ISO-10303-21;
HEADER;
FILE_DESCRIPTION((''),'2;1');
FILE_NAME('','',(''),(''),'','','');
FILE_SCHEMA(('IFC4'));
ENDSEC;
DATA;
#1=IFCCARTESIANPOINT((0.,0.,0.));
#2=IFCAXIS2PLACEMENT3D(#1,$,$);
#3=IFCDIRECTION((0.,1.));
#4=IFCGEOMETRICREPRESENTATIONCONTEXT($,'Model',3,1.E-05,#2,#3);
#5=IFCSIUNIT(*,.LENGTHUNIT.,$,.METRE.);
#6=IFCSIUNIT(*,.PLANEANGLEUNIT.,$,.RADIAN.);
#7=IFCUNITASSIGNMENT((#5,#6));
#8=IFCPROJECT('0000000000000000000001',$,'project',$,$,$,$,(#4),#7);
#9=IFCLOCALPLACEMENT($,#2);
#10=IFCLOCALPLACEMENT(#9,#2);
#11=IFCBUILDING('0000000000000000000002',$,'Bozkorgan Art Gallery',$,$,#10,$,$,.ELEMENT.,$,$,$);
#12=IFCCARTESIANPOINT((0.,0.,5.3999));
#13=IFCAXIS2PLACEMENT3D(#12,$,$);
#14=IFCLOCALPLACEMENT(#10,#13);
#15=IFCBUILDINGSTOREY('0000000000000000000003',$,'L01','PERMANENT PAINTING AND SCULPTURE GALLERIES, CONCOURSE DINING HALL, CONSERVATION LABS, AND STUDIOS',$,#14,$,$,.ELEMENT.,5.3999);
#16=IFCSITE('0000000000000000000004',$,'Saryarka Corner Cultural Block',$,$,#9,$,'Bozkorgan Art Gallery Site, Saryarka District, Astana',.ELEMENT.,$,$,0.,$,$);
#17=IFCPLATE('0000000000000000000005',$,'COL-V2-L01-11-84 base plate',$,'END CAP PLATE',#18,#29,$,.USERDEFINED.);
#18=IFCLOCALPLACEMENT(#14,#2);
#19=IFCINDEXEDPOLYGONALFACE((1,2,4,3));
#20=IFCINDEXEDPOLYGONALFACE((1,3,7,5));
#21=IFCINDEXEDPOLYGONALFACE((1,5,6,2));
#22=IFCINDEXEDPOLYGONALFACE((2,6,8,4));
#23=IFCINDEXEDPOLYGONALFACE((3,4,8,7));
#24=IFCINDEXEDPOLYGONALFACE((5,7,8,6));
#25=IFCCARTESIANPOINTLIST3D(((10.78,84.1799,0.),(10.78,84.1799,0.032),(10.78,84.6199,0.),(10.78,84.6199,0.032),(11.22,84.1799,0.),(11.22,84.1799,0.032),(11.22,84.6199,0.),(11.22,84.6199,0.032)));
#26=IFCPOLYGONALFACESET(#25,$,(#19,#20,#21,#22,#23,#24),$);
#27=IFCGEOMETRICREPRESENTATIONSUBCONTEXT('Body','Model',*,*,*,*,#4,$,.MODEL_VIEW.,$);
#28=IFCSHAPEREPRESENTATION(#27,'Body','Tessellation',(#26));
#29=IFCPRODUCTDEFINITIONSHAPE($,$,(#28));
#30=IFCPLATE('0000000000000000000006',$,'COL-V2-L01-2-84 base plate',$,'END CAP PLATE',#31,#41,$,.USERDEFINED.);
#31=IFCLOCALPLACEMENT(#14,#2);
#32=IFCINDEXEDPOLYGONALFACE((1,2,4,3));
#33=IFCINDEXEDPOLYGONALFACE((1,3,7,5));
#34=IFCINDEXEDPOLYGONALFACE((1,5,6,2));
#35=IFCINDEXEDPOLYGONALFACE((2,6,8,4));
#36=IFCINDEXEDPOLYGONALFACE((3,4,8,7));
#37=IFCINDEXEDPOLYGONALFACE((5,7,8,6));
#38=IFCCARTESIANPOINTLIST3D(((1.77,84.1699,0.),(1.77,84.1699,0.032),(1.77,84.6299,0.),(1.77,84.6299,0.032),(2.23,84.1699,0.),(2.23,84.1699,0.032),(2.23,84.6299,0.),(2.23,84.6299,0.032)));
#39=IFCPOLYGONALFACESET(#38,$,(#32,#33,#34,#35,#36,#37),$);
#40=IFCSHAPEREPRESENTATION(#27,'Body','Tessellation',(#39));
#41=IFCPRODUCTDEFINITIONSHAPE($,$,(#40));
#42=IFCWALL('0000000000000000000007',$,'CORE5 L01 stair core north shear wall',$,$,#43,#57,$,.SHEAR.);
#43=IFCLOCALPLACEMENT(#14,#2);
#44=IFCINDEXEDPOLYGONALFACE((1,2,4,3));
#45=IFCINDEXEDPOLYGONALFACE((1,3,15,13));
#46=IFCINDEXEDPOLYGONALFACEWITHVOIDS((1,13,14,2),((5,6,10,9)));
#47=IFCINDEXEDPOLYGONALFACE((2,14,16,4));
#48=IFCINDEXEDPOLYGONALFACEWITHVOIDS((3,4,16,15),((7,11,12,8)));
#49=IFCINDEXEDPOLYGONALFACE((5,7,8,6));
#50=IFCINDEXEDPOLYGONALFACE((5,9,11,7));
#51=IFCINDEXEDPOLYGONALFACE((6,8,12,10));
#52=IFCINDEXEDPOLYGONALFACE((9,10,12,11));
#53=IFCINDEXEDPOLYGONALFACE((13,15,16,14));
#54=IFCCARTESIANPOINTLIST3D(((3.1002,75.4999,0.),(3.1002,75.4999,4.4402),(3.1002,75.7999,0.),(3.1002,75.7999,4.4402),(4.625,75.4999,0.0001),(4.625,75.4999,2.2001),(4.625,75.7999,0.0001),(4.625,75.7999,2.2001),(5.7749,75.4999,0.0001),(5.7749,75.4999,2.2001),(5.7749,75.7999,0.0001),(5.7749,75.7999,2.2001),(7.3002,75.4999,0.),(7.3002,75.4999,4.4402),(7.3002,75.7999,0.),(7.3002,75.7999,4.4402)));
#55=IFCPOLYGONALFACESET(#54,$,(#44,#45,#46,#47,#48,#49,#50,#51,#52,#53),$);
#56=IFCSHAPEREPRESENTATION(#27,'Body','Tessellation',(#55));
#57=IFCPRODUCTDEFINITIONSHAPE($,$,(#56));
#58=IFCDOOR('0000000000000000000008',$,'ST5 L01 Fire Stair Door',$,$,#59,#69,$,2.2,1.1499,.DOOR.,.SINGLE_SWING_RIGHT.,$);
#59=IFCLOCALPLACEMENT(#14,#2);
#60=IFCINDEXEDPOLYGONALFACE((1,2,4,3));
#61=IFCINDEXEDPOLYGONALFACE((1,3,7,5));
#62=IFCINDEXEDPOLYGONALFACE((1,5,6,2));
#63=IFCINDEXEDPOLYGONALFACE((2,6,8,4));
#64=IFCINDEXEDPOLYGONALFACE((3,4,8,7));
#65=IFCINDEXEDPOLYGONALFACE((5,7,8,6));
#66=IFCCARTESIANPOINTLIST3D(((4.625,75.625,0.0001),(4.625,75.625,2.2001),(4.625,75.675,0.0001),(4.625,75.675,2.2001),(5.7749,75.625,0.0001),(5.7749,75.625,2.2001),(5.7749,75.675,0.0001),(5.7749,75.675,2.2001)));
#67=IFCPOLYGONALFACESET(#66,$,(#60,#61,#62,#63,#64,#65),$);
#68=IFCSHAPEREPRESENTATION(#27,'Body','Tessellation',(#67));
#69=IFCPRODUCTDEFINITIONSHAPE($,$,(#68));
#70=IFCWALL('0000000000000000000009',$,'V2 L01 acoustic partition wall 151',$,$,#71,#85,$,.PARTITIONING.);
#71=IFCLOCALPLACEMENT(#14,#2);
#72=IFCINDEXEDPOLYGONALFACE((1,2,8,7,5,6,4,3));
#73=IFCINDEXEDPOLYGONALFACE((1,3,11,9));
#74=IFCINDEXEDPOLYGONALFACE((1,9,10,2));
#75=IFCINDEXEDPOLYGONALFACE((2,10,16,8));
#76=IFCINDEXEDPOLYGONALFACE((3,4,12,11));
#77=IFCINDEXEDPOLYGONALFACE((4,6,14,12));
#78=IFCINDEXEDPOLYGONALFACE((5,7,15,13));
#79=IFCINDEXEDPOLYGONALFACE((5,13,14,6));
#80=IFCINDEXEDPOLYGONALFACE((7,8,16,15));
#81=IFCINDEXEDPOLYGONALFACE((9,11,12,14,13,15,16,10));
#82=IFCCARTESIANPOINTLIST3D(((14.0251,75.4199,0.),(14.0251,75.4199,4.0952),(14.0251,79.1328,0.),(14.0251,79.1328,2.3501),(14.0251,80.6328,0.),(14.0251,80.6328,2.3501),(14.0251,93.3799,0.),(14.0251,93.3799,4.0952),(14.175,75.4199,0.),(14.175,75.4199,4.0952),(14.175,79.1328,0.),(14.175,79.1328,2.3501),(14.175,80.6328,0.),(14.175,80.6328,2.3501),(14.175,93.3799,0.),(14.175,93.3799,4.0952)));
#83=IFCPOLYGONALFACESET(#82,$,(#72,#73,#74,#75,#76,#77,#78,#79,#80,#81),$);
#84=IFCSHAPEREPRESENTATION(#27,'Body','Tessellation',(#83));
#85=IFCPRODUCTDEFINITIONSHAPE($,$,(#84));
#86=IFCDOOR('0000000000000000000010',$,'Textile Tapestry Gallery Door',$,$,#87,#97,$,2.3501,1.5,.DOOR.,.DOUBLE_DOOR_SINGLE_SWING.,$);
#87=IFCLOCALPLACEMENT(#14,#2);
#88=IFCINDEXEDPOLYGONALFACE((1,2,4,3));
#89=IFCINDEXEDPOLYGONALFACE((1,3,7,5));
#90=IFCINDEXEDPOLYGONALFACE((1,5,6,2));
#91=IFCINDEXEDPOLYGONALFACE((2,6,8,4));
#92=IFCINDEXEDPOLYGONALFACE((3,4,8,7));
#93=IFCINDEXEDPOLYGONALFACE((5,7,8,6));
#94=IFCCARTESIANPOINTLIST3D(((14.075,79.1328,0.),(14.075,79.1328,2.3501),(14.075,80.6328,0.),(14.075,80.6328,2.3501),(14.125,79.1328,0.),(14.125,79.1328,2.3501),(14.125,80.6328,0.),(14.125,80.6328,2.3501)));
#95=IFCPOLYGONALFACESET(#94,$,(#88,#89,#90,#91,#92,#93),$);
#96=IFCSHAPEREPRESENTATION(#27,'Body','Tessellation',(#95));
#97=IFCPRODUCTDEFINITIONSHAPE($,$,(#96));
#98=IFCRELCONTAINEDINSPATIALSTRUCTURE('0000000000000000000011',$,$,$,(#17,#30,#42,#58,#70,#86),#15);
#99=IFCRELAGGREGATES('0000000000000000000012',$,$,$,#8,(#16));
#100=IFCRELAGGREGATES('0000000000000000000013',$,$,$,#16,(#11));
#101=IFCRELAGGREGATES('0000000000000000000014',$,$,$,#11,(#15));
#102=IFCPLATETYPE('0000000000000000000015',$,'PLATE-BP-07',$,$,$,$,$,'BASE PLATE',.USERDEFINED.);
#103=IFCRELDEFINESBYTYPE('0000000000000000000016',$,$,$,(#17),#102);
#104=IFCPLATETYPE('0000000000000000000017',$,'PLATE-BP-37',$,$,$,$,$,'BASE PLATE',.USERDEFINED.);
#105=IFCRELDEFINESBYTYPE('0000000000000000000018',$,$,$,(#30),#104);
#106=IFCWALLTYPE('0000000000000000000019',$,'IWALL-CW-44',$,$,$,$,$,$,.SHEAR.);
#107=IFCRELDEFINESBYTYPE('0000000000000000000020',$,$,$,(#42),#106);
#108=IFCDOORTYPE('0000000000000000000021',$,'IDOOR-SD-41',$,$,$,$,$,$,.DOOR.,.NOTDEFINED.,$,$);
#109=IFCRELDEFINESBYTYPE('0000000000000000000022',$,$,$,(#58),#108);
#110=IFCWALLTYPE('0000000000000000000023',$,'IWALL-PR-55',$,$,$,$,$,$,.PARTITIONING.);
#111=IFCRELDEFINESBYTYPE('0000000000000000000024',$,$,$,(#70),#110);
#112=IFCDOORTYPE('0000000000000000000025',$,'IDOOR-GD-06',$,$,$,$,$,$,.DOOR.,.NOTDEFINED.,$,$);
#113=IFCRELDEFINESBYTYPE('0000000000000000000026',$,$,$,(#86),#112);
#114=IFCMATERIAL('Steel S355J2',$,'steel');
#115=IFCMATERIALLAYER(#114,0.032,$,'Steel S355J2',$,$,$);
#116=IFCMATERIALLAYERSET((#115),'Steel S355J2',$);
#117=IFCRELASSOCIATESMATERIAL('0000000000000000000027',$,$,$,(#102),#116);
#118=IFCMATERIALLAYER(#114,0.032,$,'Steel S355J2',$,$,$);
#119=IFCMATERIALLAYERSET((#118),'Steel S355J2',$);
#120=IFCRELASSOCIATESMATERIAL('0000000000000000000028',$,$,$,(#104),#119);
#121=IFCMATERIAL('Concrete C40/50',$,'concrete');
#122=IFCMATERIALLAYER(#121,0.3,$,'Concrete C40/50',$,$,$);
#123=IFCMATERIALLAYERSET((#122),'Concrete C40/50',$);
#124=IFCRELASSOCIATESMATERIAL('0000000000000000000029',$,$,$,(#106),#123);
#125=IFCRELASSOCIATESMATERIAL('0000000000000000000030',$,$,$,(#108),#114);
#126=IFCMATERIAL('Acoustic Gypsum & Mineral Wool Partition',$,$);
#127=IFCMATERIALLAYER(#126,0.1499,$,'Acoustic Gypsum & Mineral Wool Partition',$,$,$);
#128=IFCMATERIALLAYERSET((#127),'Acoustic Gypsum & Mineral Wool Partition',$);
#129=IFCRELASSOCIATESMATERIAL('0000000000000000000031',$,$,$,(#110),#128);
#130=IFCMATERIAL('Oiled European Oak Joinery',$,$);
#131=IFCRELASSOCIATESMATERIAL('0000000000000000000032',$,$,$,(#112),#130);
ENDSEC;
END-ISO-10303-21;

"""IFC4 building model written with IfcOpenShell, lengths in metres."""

from ifc_helpers import new_model, si_unit, direction, frame, frame_2d, origin, origin_2d, place, context, subcontext, project, spatial, rectangle, extrude, material, layer, layer_set, type_object, element, fill, save


model = new_model("IFC4")

# Units and contexts
model_context = context("Model", 3, precision=1e-05, world=origin(), true_north=direction((0.0, 1.0)))
body_context = subcontext(model_context, "Body", "Model", "MODEL_VIEW")
ifc_project = project(units=[si_unit("LENGTHUNIT", "METRE"), si_unit("PLANEANGLEUNIT", "RADIAN")], contexts=[model_context])

# Site, building, storey
site_placement = place(None, origin())
site = spatial("IfcSite", under=ifc_project, at=site_placement, Name="Saryarka Corner Cultural Block", LongName="Bozkorgan Art Gallery Site, Saryarka District, Astana", CompositionType="ELEMENT", RefElevation=0.0)
building_placement = place(site_placement, origin())
building = spatial("IfcBuilding", under=site, at=building_placement, Name="Bozkorgan Art Gallery", CompositionType="ELEMENT")
storey_placement = place(building_placement, frame((0.0, 0.0, 5.3999)))
storey = spatial("IfcBuildingStorey", under=building, at=storey_placement, Name="L01", Description="PERMANENT PAINTING AND SCULPTURE GALLERIES, CONCOURSE DINING HALL, CONSERVATION LABS, AND STUDIOS", CompositionType="ELEMENT", Elevation=5.3999)

# Shared definitions
ifc_material_1 = material(Name="Steel S355J2", Category="steel")

# Plates
ifc_layer_1 = layer(ifc_material_1, 0.032, Name="Steel S355J2")
ifc_layer_set_1 = layer_set([ifc_layer_1], Name="Steel S355J2")
plate_type_1 = type_object("IfcPlateType", Name="PLATE-BP-07", ElementType="BASE PLATE", PredefinedType="USERDEFINED", material=ifc_layer_set_1)
plate_1_placement = place(storey_placement, frame((11.0, 84.3999, 0.0), z_axis=(0.0, 0.0, 1.0), x_axis=(1.0, 0.0, 0.0)))
element("IfcPlate", 1, at=plate_1_placement, inside=storey, type_object=plate_type_1, Name="COL-V2-L01-11-84 base plate", ObjectType="END CAP PLATE", PredefinedType="USERDEFINED", context=body_context, shape_type="SweptSolid", body=[
    extrude(rectangle(XDim=0.4399, YDim=0.4399, at=origin_2d()), origin(), (0.0, 0.0, 1.0), 0.032),
])
ifc_layer_2 = layer(ifc_material_1, 0.032, Name="Steel S355J2")
ifc_layer_set_2 = layer_set([ifc_layer_2], Name="Steel S355J2")
plate_type_2 = type_object("IfcPlateType", Name="PLATE-BP-37", ElementType="BASE PLATE", PredefinedType="USERDEFINED", material=ifc_layer_set_2)
plate_2_placement = place(storey_placement, frame((2.0, 84.3999, 0.0), z_axis=(0.0, 0.0, 1.0), x_axis=(1.0, 0.0, 0.0)))
element("IfcPlate", 2, at=plate_2_placement, inside=storey, type_object=plate_type_2, Name="COL-V2-L01-2-84 base plate", ObjectType="END CAP PLATE", PredefinedType="USERDEFINED", context=body_context, shape_type="SweptSolid", body=[
    extrude(rectangle(XDim=0.46, YDim=0.46, at=origin_2d()), origin(), (0.0, 0.0, 1.0), 0.032),
])

# Walls, openings, doors
ifc_material_2 = material(Name="Concrete C40/50", Category="concrete")
ifc_layer_3 = layer(ifc_material_2, 0.3, Name="Concrete C40/50")
ifc_layer_set_3 = layer_set([ifc_layer_3], Name="Concrete C40/50")
wall_type_1 = type_object("IfcWallType", Name="IWALL-CW-44", PredefinedType="SHEAR", material=ifc_layer_set_3)
wall_1_placement = place(storey_placement, frame((3.1001, 75.6499, 0.0), z_axis=(0.0, 0.0, 1.0), x_axis=(1.0, 0.0, 0.0)))
wall_1 = element("IfcWall", 3, at=wall_1_placement, inside=storey, type_object=wall_type_1, Name="CORE5 L01 stair core north shear wall", PredefinedType="SHEAR", context=body_context, shape_type="SweptSolid", body=[
    extrude(rectangle(XDim=4.2, YDim=0.3, at=frame_2d((2.1001, 0.0))), origin(), (0.0, 0.0, 1.0), 4.4402),
])
opening_1_placement = place(wall_1_placement, frame((2.6748, 0.0, 0.0), z_axis=(0.0, 0.0, 1.0), x_axis=(-1.0, 0.0, 0.0)))
opening_1 = element("IfcOpeningElement", 4, at=opening_1_placement, cuts=wall_1, PredefinedType="OPENING", context=body_context, shape_type="SweptSolid", body=[
    extrude(rectangle(XDim=1.1499, YDim=2.2, at=frame_2d((0.575, 1.1001))), frame((0.0, 0.1602, 0.0), z_axis=(0.0, -1.0, 0.0), x_axis=(1.0, 0.0, 0.0)), (0.0, 0.0, 1.0), 0.3201),
])
door_type_1 = type_object("IfcDoorType", Name="IDOOR-SD-41", OperationType="NOTDEFINED", PredefinedType="DOOR", material=ifc_material_1)
door_1_placement = place(opening_1_placement, origin())
door_1 = element("IfcDoor", 5, at=door_1_placement, inside=storey, type_object=door_type_1, Name="ST5 L01 Fire Stair Door", OperationType="SINGLE_SWING_RIGHT", OverallHeight=2.2, OverallWidth=1.1499, PredefinedType="DOOR", context=body_context, shape_type="SweptSolid", body=[
    extrude(rectangle(XDim=1.1499, YDim=2.2, at=frame_2d((0.575, 1.1001))), frame((0.0, 0.0249, 0.0), z_axis=(0.0, -1.0, 0.0), x_axis=(1.0, 0.0, 0.0)), (0.0, 0.0, 1.0), 0.05),
])
fill(opening_1, door_1)
ifc_material_3 = material(Name="Acoustic Gypsum & Mineral Wool Partition")
ifc_layer_4 = layer(ifc_material_3, 0.1499, Name="Acoustic Gypsum & Mineral Wool Partition")
ifc_layer_set_4 = layer_set([ifc_layer_4], Name="Acoustic Gypsum & Mineral Wool Partition")
wall_type_2 = type_object("IfcWallType", Name="IWALL-PR-55", PredefinedType="PARTITIONING", material=ifc_layer_set_4)
wall_2_placement = place(storey_placement, frame((14.1001, 75.4199, 0.0), z_axis=(0.0, 0.0, 1.0), x_axis=(0.0, 1.0, 0.0)))
wall_2 = element("IfcWall", 6, at=wall_2_placement, inside=storey, type_object=wall_type_2, Name="V2 L01 acoustic partition wall 151", PredefinedType="PARTITIONING", context=body_context, shape_type="SweptSolid", body=[
    extrude(rectangle(XDim=17.96, YDim=0.1499, at=frame_2d((8.98, 0.0))), origin(), (0.0, 0.0, 1.0), 4.0952),
])
opening_2_placement = place(wall_2_placement, frame((5.2129, 0.0, 0.0), z_axis=(0.0, 0.0, 1.0), x_axis=(-1.0, 0.0, 0.0)))
opening_2 = element("IfcOpeningElement", 7, at=opening_2_placement, cuts=wall_2, PredefinedType="OPENING", context=body_context, shape_type="SweptSolid", body=[
    extrude(rectangle(XDim=1.5, YDim=2.3501, at=frame_2d((0.75, 1.175))), frame((0.0, 0.085, 0.0), z_axis=(0.0, -1.0, 0.0), x_axis=(1.0, 0.0, 0.0)), (0.0, 0.0, 1.0), 0.1699),
])
ifc_material_4 = material(Name="Oiled European Oak Joinery")
door_type_2 = type_object("IfcDoorType", Name="IDOOR-GD-06", OperationType="NOTDEFINED", PredefinedType="DOOR", material=ifc_material_4)
door_2_placement = place(opening_2_placement, origin())
door_2 = element("IfcDoor", 8, at=door_2_placement, inside=storey, type_object=door_type_2, Name="Textile Tapestry Gallery Door", OperationType="DOUBLE_DOOR_SINGLE_SWING", OverallHeight=2.3501, OverallWidth=1.5, PredefinedType="DOOR", context=body_context, shape_type="SweptSolid", body=[
    extrude(rectangle(XDim=1.5, YDim=2.3501, at=frame_2d((0.75, 1.175))), frame((0.0, 0.0249, 0.0), z_axis=(0.0, -1.0, 0.0), x_axis=(1.0, 0.0, 0.0)), (0.0, 0.0, 1.0), 0.05),
])
fill(opening_2, door_2)

save(model, "model.ifc")
